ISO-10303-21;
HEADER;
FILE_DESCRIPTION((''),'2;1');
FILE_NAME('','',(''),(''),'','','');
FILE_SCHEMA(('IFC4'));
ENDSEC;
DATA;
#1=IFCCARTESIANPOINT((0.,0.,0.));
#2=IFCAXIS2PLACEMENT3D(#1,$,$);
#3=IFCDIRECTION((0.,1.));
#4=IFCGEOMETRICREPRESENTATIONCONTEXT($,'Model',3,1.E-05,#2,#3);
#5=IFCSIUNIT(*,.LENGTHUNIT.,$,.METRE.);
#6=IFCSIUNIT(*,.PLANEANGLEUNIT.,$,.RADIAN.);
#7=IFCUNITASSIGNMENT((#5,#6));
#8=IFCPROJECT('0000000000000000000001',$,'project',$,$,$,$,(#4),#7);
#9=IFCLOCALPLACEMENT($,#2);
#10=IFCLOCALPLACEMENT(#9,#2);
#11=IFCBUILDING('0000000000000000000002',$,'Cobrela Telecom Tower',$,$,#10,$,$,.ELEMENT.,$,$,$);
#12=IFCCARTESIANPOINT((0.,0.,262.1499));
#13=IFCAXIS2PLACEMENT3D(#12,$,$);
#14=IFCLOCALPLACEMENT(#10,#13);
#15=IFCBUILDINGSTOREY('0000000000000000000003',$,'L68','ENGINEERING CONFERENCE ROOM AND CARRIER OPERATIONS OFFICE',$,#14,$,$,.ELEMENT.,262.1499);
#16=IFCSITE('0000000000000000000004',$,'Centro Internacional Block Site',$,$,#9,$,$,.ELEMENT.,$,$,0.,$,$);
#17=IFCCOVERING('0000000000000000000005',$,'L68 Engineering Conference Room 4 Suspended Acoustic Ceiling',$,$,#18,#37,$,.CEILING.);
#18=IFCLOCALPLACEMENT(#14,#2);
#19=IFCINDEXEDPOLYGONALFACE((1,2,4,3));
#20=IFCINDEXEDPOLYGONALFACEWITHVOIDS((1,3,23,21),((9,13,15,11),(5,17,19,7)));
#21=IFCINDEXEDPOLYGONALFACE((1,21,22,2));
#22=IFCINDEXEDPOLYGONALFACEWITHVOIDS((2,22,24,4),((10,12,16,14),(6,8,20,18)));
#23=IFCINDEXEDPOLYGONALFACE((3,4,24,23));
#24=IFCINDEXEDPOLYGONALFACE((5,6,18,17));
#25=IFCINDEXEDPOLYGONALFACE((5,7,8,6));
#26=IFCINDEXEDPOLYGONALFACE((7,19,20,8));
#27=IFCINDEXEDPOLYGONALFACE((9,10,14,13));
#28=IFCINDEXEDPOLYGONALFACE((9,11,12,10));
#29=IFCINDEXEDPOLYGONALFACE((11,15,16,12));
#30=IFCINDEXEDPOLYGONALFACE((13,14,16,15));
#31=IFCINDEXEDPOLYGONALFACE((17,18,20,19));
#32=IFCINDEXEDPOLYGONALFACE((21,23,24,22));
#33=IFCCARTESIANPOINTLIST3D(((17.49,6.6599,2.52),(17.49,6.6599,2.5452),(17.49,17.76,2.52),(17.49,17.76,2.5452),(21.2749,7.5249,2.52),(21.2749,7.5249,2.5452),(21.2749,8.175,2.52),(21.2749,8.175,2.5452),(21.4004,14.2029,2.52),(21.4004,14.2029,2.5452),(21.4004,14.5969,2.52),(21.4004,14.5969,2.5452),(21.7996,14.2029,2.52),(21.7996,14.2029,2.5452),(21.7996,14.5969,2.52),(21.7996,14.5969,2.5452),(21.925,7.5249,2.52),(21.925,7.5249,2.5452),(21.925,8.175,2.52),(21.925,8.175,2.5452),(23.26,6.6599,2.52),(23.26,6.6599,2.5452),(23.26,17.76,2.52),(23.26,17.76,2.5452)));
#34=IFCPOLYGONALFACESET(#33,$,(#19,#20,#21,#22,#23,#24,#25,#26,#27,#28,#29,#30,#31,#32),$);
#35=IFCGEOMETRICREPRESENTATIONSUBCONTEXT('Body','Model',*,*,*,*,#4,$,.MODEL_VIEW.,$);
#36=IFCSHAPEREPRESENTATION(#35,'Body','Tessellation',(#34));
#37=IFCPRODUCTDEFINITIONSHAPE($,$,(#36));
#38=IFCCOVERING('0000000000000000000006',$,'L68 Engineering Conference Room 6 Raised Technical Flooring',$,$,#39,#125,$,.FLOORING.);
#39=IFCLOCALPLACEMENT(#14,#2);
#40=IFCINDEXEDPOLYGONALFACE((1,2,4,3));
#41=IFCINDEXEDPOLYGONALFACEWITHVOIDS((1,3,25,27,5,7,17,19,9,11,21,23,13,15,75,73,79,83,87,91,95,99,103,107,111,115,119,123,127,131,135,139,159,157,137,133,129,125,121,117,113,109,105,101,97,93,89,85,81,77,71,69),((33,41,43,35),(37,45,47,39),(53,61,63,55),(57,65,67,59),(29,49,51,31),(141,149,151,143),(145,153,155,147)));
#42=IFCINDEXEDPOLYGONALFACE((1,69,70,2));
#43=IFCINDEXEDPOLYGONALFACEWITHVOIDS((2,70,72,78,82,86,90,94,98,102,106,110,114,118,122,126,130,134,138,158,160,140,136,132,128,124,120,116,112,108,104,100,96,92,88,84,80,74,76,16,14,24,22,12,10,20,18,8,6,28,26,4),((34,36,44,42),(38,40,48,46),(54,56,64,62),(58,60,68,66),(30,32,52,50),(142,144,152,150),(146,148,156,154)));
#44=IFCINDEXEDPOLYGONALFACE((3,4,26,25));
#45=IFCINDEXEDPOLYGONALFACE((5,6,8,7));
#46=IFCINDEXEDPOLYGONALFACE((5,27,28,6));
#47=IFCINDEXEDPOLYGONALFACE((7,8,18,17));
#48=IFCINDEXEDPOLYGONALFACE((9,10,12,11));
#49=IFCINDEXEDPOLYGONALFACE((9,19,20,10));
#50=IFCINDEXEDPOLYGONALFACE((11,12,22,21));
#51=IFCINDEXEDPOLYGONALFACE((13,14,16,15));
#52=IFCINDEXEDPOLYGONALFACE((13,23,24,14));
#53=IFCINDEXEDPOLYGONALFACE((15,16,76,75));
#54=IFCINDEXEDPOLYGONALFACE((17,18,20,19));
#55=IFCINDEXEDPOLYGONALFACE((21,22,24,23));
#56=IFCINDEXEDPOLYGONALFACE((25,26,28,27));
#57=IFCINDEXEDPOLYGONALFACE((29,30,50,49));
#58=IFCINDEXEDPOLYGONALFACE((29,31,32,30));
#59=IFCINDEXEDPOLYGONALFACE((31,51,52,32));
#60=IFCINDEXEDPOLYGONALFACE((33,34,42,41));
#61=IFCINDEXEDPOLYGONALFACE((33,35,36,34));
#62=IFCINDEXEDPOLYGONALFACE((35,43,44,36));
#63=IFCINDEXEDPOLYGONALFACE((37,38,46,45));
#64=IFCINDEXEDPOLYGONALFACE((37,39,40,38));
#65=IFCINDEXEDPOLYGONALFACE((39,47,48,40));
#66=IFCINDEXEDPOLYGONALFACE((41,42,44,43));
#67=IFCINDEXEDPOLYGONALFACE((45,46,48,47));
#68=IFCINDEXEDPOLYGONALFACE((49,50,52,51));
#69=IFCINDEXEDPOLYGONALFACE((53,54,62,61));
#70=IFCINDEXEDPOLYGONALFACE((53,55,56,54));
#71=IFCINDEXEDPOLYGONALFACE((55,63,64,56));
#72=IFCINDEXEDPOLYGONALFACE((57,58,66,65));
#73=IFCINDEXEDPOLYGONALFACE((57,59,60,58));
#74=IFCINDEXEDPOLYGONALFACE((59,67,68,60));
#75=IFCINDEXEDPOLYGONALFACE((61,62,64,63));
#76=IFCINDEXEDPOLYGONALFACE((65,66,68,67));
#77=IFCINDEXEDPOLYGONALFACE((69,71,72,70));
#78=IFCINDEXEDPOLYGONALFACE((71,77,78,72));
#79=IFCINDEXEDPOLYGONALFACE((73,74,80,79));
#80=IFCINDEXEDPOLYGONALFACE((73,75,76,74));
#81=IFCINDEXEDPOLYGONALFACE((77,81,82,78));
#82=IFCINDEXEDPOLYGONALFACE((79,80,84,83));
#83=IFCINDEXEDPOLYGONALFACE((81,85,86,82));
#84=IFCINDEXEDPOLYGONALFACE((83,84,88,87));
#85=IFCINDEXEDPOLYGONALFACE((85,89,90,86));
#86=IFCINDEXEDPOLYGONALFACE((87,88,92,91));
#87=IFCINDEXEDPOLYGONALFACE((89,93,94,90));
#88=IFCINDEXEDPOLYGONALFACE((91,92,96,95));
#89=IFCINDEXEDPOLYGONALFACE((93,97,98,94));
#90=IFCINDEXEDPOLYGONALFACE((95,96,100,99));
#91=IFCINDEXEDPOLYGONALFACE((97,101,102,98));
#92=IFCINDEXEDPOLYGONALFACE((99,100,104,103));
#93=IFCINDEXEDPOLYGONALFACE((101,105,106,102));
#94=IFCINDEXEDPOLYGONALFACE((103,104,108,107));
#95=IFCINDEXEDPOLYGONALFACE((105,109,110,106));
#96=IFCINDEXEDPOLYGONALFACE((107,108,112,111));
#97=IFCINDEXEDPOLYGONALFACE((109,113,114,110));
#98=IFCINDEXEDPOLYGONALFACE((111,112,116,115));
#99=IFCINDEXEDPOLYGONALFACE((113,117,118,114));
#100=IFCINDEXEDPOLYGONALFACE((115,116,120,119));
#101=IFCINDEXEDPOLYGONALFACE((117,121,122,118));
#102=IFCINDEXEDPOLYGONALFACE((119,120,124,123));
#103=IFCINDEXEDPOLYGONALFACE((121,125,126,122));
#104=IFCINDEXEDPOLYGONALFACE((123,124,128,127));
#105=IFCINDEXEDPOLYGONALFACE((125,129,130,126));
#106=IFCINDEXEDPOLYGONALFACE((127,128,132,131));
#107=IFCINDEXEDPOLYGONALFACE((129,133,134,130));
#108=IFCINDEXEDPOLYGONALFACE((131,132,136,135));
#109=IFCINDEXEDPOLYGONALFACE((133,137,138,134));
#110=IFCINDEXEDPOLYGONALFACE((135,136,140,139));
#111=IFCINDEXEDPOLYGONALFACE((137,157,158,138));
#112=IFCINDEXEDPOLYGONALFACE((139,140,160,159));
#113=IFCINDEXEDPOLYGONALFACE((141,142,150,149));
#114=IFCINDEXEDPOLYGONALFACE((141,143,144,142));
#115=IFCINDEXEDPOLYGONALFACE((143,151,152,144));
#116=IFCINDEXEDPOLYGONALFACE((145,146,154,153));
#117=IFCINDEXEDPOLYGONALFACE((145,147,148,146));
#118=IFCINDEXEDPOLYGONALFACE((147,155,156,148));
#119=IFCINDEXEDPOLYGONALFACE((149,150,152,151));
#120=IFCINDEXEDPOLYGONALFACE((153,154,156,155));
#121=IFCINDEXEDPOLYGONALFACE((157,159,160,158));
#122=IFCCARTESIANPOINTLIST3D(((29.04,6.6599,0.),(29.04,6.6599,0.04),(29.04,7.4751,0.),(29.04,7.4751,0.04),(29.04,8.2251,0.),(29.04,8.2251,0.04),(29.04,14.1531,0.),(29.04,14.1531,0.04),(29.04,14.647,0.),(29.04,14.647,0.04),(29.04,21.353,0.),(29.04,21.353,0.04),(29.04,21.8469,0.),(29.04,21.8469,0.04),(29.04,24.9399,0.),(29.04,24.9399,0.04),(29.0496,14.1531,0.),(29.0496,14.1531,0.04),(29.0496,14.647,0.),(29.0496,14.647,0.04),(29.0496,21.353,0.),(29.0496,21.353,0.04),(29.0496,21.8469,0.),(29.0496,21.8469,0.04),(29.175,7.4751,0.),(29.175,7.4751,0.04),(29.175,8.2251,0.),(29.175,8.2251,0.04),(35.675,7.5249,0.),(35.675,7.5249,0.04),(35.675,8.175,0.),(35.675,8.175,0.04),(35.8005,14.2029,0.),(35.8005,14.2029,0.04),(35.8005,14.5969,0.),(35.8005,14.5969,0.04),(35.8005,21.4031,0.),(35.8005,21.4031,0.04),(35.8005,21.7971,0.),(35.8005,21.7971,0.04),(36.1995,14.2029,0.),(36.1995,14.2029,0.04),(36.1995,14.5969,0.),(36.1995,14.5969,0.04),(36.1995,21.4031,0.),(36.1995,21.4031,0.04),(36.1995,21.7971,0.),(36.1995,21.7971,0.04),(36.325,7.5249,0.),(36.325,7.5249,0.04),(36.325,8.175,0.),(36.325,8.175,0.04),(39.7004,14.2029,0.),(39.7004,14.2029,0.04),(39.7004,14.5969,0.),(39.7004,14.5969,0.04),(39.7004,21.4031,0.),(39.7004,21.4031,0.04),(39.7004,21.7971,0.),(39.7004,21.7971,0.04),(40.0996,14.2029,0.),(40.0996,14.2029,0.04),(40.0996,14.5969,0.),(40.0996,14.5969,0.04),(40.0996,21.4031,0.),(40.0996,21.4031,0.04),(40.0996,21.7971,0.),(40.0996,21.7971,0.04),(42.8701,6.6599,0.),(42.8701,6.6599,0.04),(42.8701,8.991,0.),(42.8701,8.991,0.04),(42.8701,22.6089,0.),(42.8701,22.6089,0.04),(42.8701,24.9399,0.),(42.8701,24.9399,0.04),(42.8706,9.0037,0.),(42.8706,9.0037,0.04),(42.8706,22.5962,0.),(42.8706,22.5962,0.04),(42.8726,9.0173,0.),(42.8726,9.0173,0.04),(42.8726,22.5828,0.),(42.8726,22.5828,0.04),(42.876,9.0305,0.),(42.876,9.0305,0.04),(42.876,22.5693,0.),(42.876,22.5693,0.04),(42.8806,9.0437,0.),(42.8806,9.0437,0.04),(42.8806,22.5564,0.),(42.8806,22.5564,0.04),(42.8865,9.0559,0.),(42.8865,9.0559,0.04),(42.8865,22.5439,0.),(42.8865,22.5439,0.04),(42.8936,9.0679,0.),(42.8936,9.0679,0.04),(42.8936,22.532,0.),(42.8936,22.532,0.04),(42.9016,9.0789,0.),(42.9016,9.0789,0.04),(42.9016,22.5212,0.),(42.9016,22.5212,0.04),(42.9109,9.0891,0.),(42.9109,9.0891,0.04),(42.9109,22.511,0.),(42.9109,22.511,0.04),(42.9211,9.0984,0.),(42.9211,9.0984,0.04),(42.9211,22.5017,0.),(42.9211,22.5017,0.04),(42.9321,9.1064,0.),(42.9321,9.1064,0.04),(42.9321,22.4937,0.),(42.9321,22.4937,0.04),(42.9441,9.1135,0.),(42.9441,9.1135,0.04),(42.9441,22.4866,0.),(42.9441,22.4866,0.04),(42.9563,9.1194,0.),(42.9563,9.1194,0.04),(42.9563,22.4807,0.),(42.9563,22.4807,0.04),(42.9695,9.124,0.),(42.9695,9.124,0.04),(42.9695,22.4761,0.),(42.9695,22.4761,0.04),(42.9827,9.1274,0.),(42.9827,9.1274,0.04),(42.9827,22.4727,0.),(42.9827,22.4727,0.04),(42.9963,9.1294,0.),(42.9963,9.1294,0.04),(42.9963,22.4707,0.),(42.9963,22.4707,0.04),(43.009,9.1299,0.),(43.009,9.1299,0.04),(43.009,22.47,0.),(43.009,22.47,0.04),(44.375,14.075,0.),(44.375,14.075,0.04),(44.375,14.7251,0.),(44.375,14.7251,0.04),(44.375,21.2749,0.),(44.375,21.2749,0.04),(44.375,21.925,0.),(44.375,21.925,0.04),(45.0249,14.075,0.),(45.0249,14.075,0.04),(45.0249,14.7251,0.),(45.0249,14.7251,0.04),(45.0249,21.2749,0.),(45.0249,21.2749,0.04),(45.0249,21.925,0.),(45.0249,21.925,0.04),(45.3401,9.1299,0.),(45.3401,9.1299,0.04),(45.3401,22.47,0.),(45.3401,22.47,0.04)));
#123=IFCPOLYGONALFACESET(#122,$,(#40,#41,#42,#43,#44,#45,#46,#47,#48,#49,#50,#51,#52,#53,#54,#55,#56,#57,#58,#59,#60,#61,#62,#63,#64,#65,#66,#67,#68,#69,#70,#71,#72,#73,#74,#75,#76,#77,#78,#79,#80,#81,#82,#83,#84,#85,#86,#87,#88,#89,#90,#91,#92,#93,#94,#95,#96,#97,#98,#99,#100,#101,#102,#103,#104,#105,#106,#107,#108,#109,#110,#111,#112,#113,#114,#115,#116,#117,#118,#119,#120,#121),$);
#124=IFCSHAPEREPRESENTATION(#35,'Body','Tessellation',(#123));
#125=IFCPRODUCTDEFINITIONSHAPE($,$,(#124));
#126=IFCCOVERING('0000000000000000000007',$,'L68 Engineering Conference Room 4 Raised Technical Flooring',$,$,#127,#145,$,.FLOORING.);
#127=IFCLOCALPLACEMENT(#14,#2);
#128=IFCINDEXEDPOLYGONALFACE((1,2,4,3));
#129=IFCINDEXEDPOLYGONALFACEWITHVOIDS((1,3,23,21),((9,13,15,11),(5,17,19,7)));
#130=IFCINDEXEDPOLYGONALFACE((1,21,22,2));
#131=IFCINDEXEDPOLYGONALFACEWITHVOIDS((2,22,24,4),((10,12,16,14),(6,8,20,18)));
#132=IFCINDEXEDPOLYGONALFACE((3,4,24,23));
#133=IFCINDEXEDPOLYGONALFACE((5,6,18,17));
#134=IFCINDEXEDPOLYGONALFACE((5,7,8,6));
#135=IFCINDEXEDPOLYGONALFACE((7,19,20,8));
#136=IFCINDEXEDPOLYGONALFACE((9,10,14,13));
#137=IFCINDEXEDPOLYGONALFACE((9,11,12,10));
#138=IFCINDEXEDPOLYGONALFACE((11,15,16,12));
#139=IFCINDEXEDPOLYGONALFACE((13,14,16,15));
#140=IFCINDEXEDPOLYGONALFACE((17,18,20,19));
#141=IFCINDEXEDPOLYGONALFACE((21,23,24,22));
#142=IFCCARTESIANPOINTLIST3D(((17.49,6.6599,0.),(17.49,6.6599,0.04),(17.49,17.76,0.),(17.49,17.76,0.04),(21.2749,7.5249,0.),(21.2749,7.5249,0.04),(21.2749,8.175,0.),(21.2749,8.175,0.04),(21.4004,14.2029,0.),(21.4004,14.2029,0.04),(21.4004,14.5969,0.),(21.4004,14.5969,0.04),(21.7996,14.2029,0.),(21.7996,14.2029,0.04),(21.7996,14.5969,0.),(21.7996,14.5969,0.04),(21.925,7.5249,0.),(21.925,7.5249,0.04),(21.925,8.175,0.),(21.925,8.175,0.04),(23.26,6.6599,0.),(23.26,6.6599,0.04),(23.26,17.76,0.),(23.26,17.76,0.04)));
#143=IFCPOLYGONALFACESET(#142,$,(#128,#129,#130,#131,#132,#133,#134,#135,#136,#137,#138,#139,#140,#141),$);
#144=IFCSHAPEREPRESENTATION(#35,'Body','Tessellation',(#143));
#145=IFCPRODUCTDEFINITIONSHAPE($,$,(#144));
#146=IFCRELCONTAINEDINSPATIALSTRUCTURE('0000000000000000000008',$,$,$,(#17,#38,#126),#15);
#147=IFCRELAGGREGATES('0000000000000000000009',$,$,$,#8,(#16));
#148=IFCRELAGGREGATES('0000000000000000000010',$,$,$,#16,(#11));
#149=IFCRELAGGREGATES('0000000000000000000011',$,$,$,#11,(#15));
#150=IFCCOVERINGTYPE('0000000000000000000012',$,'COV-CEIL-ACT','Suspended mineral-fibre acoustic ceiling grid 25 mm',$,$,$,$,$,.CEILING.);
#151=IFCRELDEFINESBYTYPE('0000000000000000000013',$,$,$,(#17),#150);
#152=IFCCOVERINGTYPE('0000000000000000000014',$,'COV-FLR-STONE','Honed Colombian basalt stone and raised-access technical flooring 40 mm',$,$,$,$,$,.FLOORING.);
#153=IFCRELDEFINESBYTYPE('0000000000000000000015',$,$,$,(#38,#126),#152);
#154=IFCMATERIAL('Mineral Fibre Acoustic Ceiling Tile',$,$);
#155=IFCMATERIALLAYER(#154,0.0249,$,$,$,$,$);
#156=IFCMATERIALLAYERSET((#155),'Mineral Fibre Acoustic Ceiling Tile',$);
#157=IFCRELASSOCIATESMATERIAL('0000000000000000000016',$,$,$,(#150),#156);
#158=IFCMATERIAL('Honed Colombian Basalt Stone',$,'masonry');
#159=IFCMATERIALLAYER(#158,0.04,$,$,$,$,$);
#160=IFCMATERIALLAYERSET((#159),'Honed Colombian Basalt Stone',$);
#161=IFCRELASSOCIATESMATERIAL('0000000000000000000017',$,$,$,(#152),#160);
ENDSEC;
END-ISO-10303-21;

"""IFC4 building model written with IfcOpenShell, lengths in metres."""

from ifc_helpers import new_model, si_unit, direction, frame, origin, place, context, subcontext, project, spatial, polyline, outline, extrude, material, layer, layer_set, type_object, element, save


model = new_model("IFC4")

# Units and contexts
model_context = context("Model", 3, precision=1e-05, world=origin(), true_north=direction((0.0, 1.0)))
body_context = subcontext(model_context, "Body", "Model", "MODEL_VIEW")
ifc_project = project(units=[si_unit("LENGTHUNIT", "METRE"), si_unit("PLANEANGLEUNIT", "RADIAN")], contexts=[model_context])

# Site, building, storey
site_placement = place(None, origin())
site = spatial("IfcSite", under=ifc_project, at=site_placement, Name="Centro Internacional Block Site", CompositionType="ELEMENT", RefElevation=0.0)
building_placement = place(site_placement, origin())
building = spatial("IfcBuilding", under=site, at=building_placement, Name="Cobrela Telecom Tower", CompositionType="ELEMENT")
storey_placement = place(building_placement, frame((0.0, 0.0, 262.1499)))
storey = spatial("IfcBuildingStorey", under=building, at=storey_placement, Name="L68", Description="ENGINEERING CONFERENCE ROOM AND CARRIER OPERATIONS OFFICE", CompositionType="ELEMENT", Elevation=262.1499)

# Coverings
ifc_material_1 = material(Name="Mineral Fibre Acoustic Ceiling Tile")
ifc_layer_1 = layer(ifc_material_1, 0.0249)
ifc_layer_set_1 = layer_set([ifc_layer_1], Name="Mineral Fibre Acoustic Ceiling Tile")
covering_type_1 = type_object("IfcCoveringType", Name="COV-CEIL-ACT", Description="Suspended mineral-fibre acoustic ceiling grid 25 mm", PredefinedType="CEILING", material=ifc_layer_set_1)
covering_1_placement = place(storey_placement, frame((0.0, 0.0, 2.52)))
element("IfcCovering", 1, at=covering_1_placement, inside=storey, type_object=covering_type_1, Name="L68 Engineering Conference Room 4 Suspended Acoustic Ceiling", PredefinedType="CEILING", context=body_context, shape_type="SweptSolid", body=[
    extrude(outline(polyline([(23.26, 6.6599), (17.49, 6.6599), (17.49, 17.76), (23.26, 17.76), (23.26, 6.6599)]), holes=[polyline([(21.925, 8.175), (21.2749, 8.175), (21.2749, 7.5249), (21.925, 7.5249), (21.925, 8.175)]), polyline([(21.7996, 14.5969), (21.4004, 14.5969), (21.4004, 14.2029), (21.7996, 14.2029), (21.7996, 14.5969)])]), origin(), (0.0, 0.0, 1.0), 0.0251),
])
ifc_material_2 = material(Name="Honed Colombian Basalt Stone", Category="masonry")
ifc_layer_2 = layer(ifc_material_2, 0.04)
ifc_layer_set_2 = layer_set([ifc_layer_2], Name="Honed Colombian Basalt Stone")
covering_type_2 = type_object("IfcCoveringType", Name="COV-FLR-STONE", Description="Honed Colombian basalt stone and raised-access technical flooring 40 mm", PredefinedType="FLOORING", material=ifc_layer_set_2)
covering_2_placement = place(storey_placement, origin())
element("IfcCovering", 2, at=covering_2_placement, inside=storey, type_object=covering_type_2, Name="L68 Engineering Conference Room 6 Raised Technical Flooring", PredefinedType="FLOORING", context=body_context, shape_type="SweptSolid", body=[
    extrude(outline(polyline([(29.0496, 14.1531), (29.0496, 14.647), (29.04, 14.647), (29.04, 21.353), (29.0496, 21.353), (29.0496, 21.8469), (29.04, 21.8469), (29.04, 24.9399), (42.8701, 24.9399), (42.8701, 22.6089), (42.8706, 22.5962), (42.8726, 22.5828), (42.876, 22.5693), (42.8806, 22.5564), (42.8865, 22.5439), (42.8936, 22.532), (42.9016, 22.5212), (42.9109, 22.511), (42.9211, 22.5017), (42.9321, 22.4937), (42.9441, 22.4866), (42.9563, 22.4807), (42.9695, 22.4761), (42.9827, 22.4727), (42.9963, 22.4707), (43.009, 22.47), (45.3401, 22.47), (45.3401, 9.1299), (43.009, 9.1299), (42.9963, 9.1294), (42.9827, 9.1274), (42.9695, 9.124), (42.9563, 9.1194), (42.9441, 9.1135), (42.9321, 9.1064), (42.9211, 9.0984), (42.9109, 9.0891), (42.9016, 9.0789), (42.8936, 9.0679), (42.8865, 9.0559), (42.8806, 9.0437), (42.876, 9.0305), (42.8726, 9.0173), (42.8706, 9.0037), (42.8701, 8.991), (42.8701, 6.6599), (29.04, 6.6599), (29.04, 7.4751), (29.175, 7.4751), (29.175, 8.2251), (29.04, 8.2251), (29.04, 14.1531), (29.0496, 14.1531)]), holes=[polyline([(36.325, 8.175), (35.675, 8.175), (35.675, 7.5249), (36.325, 7.5249), (36.325, 8.175)]), polyline([(36.1995, 14.5969), (35.8005, 14.5969), (35.8005, 14.2029), (36.1995, 14.2029), (36.1995, 14.5969)]), polyline([(40.0996, 14.5969), (39.7004, 14.5969), (39.7004, 14.2029), (40.0996, 14.2029), (40.0996, 14.5969)]), polyline([(45.0249, 14.7251), (44.375, 14.7251), (44.375, 14.075), (45.0249, 14.075), (45.0249, 14.7251)]), polyline([(36.1995, 21.7971), (35.8005, 21.7971), (35.8005, 21.4031), (36.1995, 21.4031), (36.1995, 21.7971)]), polyline([(40.0996, 21.4031), (40.0996, 21.7971), (39.7004, 21.7971), (39.7004, 21.4031), (40.0996, 21.4031)]), polyline([(45.0249, 21.2749), (45.0249, 21.925), (44.375, 21.925), (44.375, 21.2749), (45.0249, 21.2749)])]), origin(), (0.0, 0.0, 1.0), 0.04),
])
covering_3_placement = place(storey_placement, origin())
element("IfcCovering", 3, at=covering_3_placement, inside=storey, type_object=covering_type_2, Name="L68 Engineering Conference Room 4 Raised Technical Flooring", PredefinedType="FLOORING", context=body_context, shape_type="SweptSolid", body=[
    extrude(outline(polyline([(23.26, 6.6599), (17.49, 6.6599), (17.49, 17.76), (23.26, 17.76), (23.26, 6.6599)]), holes=[polyline([(21.925, 8.175), (21.2749, 8.175), (21.2749, 7.5249), (21.925, 7.5249), (21.925, 8.175)]), polyline([(21.7996, 14.5969), (21.4004, 14.5969), (21.4004, 14.2029), (21.7996, 14.2029), (21.7996, 14.5969)])]), origin(), (0.0, 0.0, 1.0), 0.04),
])

save(model, "model.ifc")
